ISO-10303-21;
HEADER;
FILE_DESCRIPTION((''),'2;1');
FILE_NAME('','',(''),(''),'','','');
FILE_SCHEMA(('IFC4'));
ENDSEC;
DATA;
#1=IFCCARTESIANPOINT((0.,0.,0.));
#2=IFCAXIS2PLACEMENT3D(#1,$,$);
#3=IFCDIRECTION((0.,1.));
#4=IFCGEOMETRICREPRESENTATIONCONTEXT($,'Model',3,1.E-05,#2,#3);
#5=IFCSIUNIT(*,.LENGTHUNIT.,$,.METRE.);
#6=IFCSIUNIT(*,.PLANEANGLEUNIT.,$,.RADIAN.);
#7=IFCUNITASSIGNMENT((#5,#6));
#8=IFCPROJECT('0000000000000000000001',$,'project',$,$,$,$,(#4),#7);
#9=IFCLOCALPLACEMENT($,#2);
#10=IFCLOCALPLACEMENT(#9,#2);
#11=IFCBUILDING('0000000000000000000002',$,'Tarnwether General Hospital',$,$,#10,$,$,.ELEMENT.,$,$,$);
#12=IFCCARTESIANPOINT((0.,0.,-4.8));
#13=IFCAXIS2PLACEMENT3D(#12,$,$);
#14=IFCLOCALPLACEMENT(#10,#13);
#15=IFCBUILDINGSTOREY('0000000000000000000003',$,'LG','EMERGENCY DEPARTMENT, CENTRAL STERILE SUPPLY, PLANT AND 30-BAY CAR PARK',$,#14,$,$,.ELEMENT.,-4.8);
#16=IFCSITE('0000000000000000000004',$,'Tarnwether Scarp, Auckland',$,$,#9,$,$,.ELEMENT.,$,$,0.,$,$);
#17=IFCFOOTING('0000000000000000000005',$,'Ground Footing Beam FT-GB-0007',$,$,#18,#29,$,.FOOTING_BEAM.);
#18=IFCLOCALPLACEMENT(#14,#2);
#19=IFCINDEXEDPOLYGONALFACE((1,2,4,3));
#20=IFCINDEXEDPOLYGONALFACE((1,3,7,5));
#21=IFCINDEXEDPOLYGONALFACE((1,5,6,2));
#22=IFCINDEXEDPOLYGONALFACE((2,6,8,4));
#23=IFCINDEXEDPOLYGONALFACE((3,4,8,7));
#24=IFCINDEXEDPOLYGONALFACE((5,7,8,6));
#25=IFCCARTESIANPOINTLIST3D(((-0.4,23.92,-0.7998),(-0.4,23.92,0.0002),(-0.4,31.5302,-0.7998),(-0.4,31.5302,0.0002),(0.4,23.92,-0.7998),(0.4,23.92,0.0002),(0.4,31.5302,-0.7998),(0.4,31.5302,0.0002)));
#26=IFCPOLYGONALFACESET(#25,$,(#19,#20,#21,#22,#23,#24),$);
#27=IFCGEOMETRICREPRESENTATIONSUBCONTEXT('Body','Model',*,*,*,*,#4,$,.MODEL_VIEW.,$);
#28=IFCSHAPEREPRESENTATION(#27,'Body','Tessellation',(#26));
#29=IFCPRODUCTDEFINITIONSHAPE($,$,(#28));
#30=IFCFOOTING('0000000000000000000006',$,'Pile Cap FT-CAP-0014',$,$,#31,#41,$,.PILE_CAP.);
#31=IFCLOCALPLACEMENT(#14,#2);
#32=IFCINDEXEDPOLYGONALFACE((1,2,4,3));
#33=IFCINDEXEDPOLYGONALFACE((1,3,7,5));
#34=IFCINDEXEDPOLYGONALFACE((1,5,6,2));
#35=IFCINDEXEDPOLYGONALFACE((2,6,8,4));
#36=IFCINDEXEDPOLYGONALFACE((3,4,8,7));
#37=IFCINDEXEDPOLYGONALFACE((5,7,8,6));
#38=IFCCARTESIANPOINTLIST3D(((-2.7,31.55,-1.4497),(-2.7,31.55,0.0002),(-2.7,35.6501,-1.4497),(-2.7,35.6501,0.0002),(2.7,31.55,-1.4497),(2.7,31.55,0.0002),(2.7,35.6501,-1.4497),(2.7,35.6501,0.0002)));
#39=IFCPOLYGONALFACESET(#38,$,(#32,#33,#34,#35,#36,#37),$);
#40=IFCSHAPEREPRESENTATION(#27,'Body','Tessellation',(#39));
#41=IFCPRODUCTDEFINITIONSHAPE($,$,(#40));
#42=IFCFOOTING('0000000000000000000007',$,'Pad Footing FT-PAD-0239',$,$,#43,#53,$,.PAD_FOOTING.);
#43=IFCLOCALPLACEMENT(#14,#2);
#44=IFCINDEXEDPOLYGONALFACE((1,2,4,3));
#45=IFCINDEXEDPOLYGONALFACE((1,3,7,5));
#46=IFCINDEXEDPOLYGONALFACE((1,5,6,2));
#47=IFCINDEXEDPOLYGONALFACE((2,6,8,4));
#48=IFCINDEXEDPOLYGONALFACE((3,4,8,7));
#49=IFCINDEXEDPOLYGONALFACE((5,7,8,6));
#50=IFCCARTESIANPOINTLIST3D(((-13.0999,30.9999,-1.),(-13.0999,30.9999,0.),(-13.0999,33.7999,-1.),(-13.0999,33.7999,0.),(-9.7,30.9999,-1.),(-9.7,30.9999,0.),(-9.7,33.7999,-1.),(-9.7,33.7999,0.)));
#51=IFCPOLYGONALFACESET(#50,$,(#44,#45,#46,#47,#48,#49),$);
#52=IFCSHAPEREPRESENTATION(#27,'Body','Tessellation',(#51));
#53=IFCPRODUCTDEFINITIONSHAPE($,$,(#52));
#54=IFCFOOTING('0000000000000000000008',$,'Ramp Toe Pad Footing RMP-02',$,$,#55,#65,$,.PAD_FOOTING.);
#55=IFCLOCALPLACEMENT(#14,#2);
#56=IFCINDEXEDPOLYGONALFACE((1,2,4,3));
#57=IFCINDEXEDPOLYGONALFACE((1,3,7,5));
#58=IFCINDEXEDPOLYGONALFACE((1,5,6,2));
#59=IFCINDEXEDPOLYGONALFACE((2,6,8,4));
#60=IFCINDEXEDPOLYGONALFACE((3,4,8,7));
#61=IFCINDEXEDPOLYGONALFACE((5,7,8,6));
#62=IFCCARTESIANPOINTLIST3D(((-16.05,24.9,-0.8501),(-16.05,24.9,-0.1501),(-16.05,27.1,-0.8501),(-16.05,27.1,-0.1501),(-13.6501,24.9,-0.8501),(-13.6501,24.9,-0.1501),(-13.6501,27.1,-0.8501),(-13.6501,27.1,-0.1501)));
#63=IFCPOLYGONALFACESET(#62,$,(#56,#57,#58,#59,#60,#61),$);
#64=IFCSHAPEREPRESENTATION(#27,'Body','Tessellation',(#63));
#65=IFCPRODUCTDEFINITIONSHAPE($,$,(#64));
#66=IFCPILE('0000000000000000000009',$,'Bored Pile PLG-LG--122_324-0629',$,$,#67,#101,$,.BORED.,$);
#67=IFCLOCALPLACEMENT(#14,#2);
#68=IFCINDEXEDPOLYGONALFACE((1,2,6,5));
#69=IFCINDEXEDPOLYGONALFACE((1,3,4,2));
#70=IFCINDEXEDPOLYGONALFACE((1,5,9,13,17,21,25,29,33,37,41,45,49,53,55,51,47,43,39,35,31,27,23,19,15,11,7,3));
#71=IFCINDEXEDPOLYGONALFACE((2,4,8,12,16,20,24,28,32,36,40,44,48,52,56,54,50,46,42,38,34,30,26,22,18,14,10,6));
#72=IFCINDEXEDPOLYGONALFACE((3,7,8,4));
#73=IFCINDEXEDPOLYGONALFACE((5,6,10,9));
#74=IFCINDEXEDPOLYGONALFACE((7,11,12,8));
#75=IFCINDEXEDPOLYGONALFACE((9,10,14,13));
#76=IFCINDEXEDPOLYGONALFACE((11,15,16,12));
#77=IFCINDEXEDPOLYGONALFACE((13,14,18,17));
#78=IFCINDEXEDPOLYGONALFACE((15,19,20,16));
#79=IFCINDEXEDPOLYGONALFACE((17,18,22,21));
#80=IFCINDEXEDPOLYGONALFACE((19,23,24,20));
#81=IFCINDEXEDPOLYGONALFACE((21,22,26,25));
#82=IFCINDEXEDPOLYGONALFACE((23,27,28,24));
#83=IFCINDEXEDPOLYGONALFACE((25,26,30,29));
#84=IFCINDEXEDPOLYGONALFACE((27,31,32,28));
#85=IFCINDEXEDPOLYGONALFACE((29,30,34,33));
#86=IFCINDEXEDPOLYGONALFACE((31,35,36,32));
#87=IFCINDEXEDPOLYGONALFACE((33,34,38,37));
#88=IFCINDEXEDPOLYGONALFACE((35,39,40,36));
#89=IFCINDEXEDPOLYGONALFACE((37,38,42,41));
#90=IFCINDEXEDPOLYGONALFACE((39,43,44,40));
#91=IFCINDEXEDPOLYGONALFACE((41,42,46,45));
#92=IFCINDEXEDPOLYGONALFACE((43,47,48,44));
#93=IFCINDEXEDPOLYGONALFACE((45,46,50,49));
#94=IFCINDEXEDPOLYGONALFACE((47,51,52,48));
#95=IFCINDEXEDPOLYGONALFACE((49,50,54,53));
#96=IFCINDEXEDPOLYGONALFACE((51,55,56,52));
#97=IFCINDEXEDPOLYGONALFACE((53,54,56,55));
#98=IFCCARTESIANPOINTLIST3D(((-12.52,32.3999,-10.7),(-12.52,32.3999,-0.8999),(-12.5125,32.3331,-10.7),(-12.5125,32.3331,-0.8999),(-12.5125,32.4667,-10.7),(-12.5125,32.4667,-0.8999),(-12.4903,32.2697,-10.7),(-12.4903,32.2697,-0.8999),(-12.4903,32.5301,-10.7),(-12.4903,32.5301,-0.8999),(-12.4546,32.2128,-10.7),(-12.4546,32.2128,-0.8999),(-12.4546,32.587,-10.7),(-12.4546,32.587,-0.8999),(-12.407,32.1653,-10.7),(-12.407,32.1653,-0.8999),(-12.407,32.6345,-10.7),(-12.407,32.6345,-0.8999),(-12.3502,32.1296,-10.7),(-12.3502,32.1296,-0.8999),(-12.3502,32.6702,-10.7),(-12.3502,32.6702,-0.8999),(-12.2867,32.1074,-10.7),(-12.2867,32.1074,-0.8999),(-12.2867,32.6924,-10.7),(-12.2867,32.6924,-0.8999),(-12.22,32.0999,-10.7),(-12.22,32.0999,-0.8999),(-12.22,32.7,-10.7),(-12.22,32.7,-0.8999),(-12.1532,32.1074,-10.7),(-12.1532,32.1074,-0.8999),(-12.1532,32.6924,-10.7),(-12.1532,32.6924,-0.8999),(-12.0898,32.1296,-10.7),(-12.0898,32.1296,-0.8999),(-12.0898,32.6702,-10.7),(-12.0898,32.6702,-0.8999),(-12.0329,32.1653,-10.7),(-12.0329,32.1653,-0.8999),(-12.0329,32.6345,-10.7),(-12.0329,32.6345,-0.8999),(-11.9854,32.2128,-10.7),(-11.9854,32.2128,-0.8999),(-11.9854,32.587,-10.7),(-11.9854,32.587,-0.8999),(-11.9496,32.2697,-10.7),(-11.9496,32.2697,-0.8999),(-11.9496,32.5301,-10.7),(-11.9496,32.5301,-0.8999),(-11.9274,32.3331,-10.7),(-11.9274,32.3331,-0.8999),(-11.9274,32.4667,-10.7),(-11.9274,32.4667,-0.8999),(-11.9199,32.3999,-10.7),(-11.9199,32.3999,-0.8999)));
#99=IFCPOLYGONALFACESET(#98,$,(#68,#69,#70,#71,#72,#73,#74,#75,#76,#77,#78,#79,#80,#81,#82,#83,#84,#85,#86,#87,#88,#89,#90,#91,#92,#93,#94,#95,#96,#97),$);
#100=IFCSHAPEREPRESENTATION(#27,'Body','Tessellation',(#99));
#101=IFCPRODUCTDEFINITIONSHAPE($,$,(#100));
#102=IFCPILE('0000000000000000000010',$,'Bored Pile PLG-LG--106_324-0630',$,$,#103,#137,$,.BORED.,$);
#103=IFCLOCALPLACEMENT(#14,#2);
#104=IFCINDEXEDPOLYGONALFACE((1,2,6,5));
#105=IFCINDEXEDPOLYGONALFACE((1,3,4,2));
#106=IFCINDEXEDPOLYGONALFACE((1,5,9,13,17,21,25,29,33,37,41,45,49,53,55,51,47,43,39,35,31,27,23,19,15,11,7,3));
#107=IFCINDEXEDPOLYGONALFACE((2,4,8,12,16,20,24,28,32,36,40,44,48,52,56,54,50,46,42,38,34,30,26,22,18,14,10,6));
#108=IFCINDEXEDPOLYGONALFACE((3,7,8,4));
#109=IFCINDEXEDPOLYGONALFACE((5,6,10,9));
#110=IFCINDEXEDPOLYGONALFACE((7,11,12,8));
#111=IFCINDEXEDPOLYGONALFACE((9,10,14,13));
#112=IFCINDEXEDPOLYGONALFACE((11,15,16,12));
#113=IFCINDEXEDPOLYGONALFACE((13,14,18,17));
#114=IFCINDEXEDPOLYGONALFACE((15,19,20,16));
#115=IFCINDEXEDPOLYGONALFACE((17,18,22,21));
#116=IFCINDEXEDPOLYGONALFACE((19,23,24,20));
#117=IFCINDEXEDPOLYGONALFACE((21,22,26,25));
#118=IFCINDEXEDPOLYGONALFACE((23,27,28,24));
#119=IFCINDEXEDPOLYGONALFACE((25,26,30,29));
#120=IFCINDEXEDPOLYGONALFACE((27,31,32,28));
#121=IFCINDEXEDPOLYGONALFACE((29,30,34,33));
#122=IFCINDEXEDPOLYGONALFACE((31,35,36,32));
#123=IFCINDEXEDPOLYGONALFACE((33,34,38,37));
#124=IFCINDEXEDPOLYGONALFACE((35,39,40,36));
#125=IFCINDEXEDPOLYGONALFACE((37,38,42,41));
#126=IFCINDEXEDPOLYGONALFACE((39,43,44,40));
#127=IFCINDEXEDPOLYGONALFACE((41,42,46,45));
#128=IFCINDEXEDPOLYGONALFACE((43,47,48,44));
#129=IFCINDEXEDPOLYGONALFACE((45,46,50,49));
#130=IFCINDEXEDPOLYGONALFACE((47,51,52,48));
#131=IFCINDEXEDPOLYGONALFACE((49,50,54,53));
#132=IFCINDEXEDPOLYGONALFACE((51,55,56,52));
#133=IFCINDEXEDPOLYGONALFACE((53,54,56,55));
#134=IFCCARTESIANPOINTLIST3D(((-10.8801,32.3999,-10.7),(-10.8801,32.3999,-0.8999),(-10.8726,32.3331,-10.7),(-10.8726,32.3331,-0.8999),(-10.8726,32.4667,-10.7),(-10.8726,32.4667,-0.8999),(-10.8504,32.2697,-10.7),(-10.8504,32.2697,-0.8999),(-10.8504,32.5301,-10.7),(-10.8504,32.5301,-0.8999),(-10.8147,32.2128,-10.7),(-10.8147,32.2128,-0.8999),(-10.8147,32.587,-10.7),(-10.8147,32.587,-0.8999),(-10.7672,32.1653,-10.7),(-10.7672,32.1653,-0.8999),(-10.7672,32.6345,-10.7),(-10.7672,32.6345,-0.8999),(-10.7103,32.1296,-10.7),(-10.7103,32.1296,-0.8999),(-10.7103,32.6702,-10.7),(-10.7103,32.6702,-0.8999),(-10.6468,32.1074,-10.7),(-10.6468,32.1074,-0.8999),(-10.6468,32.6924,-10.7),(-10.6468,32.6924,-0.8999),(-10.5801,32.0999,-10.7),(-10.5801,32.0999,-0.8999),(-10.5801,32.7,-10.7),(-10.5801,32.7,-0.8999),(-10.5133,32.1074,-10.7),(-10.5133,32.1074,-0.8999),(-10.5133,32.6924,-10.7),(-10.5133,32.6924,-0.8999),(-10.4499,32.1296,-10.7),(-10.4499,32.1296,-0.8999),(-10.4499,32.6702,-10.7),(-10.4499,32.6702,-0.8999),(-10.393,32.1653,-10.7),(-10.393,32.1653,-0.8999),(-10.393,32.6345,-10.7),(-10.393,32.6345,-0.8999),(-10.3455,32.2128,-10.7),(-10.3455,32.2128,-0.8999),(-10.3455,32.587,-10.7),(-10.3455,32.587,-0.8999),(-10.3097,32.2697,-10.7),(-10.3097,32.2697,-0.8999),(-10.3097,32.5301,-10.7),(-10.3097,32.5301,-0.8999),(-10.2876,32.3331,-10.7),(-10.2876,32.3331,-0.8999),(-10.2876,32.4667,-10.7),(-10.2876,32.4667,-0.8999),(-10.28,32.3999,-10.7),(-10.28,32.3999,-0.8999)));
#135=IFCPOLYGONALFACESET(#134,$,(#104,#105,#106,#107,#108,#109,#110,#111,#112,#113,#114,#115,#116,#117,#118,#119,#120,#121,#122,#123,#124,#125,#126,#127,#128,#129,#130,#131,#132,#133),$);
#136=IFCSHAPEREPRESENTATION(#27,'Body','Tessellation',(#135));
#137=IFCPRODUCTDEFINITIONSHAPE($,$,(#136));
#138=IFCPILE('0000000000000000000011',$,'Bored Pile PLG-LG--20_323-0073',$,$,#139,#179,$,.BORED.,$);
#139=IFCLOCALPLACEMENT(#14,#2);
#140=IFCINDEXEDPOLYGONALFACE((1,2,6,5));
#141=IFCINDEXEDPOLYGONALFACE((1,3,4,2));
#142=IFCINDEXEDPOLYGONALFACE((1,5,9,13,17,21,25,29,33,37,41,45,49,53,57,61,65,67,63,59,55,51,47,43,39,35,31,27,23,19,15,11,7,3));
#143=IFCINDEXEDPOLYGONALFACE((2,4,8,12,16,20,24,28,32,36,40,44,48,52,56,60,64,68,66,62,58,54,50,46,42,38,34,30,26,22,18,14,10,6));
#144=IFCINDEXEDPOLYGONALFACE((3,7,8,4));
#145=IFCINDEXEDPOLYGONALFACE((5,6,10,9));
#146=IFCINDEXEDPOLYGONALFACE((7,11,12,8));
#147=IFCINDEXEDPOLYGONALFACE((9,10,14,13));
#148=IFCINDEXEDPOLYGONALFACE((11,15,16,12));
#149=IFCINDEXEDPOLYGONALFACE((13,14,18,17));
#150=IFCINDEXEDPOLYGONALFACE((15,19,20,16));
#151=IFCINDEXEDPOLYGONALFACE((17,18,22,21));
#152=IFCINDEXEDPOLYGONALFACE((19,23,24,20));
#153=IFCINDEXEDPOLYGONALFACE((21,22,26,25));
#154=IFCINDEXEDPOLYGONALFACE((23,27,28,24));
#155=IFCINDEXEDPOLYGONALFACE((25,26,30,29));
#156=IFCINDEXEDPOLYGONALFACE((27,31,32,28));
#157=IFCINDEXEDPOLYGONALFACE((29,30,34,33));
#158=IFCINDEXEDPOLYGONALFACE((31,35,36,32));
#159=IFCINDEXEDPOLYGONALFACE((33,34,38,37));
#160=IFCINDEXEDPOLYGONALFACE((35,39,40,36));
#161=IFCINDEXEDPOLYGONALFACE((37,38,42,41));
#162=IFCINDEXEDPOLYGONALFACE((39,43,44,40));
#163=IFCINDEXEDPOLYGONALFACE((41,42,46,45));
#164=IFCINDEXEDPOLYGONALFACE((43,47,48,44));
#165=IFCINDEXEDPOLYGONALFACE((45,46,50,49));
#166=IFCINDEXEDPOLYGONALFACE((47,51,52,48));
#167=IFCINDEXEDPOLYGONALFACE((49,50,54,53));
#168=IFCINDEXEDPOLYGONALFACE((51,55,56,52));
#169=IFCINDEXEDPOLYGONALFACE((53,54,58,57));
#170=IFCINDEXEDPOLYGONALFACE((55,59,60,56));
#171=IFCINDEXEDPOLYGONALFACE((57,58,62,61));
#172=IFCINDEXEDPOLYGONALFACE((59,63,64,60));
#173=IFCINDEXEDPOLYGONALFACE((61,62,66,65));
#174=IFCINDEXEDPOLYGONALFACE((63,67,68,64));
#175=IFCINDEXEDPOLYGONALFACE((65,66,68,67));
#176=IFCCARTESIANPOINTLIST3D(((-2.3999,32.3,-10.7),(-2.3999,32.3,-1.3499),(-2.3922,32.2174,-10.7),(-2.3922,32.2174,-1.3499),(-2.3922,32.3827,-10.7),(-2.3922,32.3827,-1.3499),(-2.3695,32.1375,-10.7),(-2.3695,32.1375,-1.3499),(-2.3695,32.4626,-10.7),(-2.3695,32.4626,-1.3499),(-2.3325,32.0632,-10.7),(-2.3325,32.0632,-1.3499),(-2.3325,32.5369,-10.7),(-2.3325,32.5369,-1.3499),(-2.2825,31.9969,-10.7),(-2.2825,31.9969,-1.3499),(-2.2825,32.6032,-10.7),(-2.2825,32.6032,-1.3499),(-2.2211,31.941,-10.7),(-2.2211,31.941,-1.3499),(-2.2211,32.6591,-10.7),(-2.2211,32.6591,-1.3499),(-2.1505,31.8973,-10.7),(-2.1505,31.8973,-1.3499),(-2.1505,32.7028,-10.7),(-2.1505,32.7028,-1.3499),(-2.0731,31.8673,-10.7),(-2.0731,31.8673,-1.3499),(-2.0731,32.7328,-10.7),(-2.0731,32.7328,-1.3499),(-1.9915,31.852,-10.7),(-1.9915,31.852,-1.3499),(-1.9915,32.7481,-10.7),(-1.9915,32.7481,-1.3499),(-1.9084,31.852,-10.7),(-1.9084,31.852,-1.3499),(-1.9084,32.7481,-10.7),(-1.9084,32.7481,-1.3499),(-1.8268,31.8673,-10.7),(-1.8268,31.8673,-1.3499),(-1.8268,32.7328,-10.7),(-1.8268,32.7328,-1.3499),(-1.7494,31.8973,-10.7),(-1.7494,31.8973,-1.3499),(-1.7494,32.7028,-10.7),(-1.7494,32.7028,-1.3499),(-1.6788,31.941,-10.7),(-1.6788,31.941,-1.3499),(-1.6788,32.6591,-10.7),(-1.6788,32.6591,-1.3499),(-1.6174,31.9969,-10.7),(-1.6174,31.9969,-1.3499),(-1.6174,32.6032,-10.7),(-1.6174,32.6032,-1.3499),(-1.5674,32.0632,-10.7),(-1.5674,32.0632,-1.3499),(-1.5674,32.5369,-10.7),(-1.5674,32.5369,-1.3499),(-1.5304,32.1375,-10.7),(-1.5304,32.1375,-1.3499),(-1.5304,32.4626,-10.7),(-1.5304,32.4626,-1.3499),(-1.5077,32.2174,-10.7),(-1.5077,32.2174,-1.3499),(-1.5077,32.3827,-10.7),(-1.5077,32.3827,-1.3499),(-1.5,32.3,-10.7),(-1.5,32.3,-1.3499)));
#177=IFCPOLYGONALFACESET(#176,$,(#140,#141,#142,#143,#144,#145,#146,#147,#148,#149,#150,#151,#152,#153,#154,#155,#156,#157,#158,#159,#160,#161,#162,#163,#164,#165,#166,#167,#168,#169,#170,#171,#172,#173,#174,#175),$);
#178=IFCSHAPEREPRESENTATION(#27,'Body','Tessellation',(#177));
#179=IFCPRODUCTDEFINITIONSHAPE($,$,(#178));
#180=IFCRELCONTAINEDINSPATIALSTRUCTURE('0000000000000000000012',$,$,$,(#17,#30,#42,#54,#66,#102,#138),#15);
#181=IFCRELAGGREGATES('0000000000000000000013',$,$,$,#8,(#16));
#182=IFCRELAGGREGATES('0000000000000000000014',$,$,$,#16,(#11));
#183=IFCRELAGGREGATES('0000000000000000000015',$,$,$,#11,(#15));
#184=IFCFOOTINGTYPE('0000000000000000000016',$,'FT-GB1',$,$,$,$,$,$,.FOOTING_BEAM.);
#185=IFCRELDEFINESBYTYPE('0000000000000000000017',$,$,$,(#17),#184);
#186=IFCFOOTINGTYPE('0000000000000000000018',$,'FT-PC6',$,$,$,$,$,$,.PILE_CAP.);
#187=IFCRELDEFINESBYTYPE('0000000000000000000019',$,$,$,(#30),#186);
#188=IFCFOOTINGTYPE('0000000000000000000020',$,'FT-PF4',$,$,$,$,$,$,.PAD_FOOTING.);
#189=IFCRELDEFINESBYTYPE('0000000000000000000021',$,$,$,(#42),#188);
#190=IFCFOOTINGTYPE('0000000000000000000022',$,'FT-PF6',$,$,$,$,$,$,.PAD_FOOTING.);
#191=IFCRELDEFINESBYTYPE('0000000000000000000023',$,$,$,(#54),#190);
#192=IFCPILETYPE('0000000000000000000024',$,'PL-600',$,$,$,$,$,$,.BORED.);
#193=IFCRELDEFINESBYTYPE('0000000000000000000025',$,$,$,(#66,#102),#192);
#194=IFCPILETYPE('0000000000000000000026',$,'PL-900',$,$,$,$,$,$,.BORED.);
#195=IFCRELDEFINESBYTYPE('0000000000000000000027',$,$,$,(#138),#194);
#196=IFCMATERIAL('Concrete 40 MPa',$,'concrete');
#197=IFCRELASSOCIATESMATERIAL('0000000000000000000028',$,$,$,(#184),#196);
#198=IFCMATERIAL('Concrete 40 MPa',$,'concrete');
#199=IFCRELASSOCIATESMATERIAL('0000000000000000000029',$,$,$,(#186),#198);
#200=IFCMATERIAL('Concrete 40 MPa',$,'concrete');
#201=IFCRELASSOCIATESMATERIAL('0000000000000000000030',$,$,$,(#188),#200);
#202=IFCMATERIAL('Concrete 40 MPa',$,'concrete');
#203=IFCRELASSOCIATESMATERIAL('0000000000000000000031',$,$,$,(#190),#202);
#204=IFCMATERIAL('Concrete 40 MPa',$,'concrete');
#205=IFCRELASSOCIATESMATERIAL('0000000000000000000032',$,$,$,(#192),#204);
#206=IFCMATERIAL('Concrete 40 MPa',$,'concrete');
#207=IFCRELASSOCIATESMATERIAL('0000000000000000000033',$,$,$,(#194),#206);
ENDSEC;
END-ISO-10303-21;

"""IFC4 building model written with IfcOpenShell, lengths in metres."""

from ifc_helpers import new_model, si_unit, direction, frame, origin, origin_2d, place, context, subcontext, project, spatial, rectangle, circle, extrude, material, material_profile, profile_set, type_object, element, save


model = new_model("IFC4")

# Units and contexts
model_context = context("Model", 3, precision=1e-05, world=origin(), true_north=direction((0.0, 1.0)))
body_context = subcontext(model_context, "Body", "Model", "MODEL_VIEW")
ifc_project = project(units=[si_unit("LENGTHUNIT", "METRE"), si_unit("PLANEANGLEUNIT", "RADIAN")], contexts=[model_context])

# Site, building, storey
site_placement = place(None, origin())
site = spatial("IfcSite", under=ifc_project, at=site_placement, Name="Tarnwether Scarp, Auckland", CompositionType="ELEMENT", RefElevation=0.0)
building_placement = place(site_placement, origin())
building = spatial("IfcBuilding", under=site, at=building_placement, Name="Tarnwether General Hospital", CompositionType="ELEMENT")
storey_placement = place(building_placement, frame((0.0, 0.0, -4.8)))
storey = spatial("IfcBuildingStorey", under=building, at=storey_placement, Name="LG", Description="EMERGENCY DEPARTMENT, CENTRAL STERILE SUPPLY, PLANT AND 30-BAY CAR PARK", CompositionType="ELEMENT", Elevation=-4.8)

# Footings
ifc_material_1 = material(Name="Concrete 40 MPa", Category="concrete")
footing_type_1 = type_object("IfcFootingType", Name="FT-GB1", PredefinedType="FOOTING_BEAM", material=ifc_material_1)
footing_1_placement = place(storey_placement, frame((0.0, 27.7251, -0.7998), z_axis=(0.0, 0.0, 1.0), x_axis=(0.0, 1.0, 0.0)))
element("IfcFooting", 1, at=footing_1_placement, inside=storey, type_object=footing_type_1, Name="Ground Footing Beam FT-GB-0007", PredefinedType="FOOTING_BEAM", context=body_context, shape_type="SweptSolid", body=[
    extrude(rectangle(XDim=7.6101, YDim=0.8, at=origin_2d()), origin(), (0.0, 0.0, 1.0), 0.8),
])
ifc_material_2 = material(Name="Concrete 40 MPa", Category="concrete")
footing_type_2 = type_object("IfcFootingType", Name="FT-PC6", PredefinedType="PILE_CAP", material=ifc_material_2)
footing_2_placement = place(storey_placement, frame((0.0, 33.6001, -1.4497), z_axis=(0.0, 0.0, 1.0), x_axis=(1.0, 0.0, 0.0)))
element("IfcFooting", 2, at=footing_2_placement, inside=storey, type_object=footing_type_2, Name="Pile Cap FT-CAP-0014", PredefinedType="PILE_CAP", context=body_context, shape_type="SweptSolid", body=[
    extrude(rectangle(XDim=5.3999, YDim=4.1001, at=origin_2d()), origin(), (0.0, 0.0, 1.0), 1.45),
])
ifc_material_3 = material(Name="Concrete 40 MPa", Category="concrete")
footing_type_3 = type_object("IfcFootingType", Name="FT-PF4", PredefinedType="PAD_FOOTING", material=ifc_material_3)
footing_3_placement = place(storey_placement, frame((-11.3999, 32.3999, -1.0), z_axis=(0.0, 0.0, 1.0), x_axis=(1.0, 0.0, 0.0)))
element("IfcFooting", 3, at=footing_3_placement, inside=storey, type_object=footing_type_3, Name="Pad Footing FT-PAD-0239", PredefinedType="PAD_FOOTING", context=body_context, shape_type="SweptSolid", body=[
    extrude(rectangle(XDim=3.3999, YDim=2.8, at=origin_2d()), origin(), (0.0, 0.0, 1.0), 1.0),
])
ifc_material_4 = material(Name="Concrete 40 MPa", Category="concrete")
footing_type_4 = type_object("IfcFootingType", Name="FT-PF6", PredefinedType="PAD_FOOTING", material=ifc_material_4)
footing_4_placement = place(storey_placement, frame((-14.8501, 26.0, -0.8501), z_axis=(0.0, 0.0, 1.0), x_axis=(1.0, 0.0, 0.0)))
element("IfcFooting", 4, at=footing_4_placement, inside=storey, type_object=footing_type_4, Name="Ramp Toe Pad Footing RMP-02", PredefinedType="PAD_FOOTING", context=body_context, shape_type="SweptSolid", body=[
    extrude(rectangle(XDim=2.3999, YDim=2.2, at=origin_2d()), origin(), (0.0, 0.0, 1.0), 0.7),
])

# Piles
ifc_material_5 = material(Name="Concrete 40 MPa", Category="concrete")
ifc_material_profile_1 = material_profile(ifc_material_5, circle(Radius=0.3, at=origin_2d()), Name="PILE-D600")
ifc_profile_set_1 = profile_set([ifc_material_profile_1], Name="Concrete 40 MPa")
pile_type_1 = type_object("IfcPileType", Name="PL-600", PredefinedType="BORED", material=ifc_profile_set_1)
for number, where, z_axis, x_axis, name in (
    (5, (-12.22, 32.3999, -0.8999), (0.0, 0.0, -1.0), (1.0, 0.0, 0.0), "Bored Pile PLG-LG--122_324-0629"),
    (6, (-10.5801, 32.3999, -0.8999), (0.0, 0.0, -1.0), (1.0, 0.0, 0.0), "Bored Pile PLG-LG--106_324-0630"),
):
    element("IfcPile", number, at=place(storey_placement, frame(where, z_axis=z_axis, x_axis=x_axis)), inside=storey, type_object=pile_type_1, Name=name, PredefinedType="BORED", context=body_context, shape_type="SweptSolid", body=[
        extrude(circle(Radius=0.3, at=origin_2d()), origin(), (0.0, 0.0, 1.0), 9.8),
    ])
ifc_material_6 = material(Name="Concrete 40 MPa", Category="concrete")
ifc_material_profile_2 = material_profile(ifc_material_6, circle(Radius=0.45, at=origin_2d()), Name="PILE-D900")
ifc_profile_set_2 = profile_set([ifc_material_profile_2], Name="Concrete 40 MPa")
pile_type_2 = type_object("IfcPileType", Name="PL-900", PredefinedType="BORED", material=ifc_profile_set_2)
for number, where, z_axis, x_axis, name in (
    (7, (-1.95, 32.3, -1.3499), (0.0, 0.0, -1.0), (1.0, 0.0, 0.0), "Bored Pile PLG-LG--20_323-0073"),
):
    element("IfcPile", number, at=place(storey_placement, frame(where, z_axis=z_axis, x_axis=x_axis)), inside=storey, type_object=pile_type_2, Name=name, PredefinedType="BORED", context=body_context, shape_type="SweptSolid", body=[
        extrude(circle(Radius=0.45, at=origin_2d()), origin(), (0.0, 0.0, 1.0), 9.3501),
    ])

save(model, "model.ifc")
